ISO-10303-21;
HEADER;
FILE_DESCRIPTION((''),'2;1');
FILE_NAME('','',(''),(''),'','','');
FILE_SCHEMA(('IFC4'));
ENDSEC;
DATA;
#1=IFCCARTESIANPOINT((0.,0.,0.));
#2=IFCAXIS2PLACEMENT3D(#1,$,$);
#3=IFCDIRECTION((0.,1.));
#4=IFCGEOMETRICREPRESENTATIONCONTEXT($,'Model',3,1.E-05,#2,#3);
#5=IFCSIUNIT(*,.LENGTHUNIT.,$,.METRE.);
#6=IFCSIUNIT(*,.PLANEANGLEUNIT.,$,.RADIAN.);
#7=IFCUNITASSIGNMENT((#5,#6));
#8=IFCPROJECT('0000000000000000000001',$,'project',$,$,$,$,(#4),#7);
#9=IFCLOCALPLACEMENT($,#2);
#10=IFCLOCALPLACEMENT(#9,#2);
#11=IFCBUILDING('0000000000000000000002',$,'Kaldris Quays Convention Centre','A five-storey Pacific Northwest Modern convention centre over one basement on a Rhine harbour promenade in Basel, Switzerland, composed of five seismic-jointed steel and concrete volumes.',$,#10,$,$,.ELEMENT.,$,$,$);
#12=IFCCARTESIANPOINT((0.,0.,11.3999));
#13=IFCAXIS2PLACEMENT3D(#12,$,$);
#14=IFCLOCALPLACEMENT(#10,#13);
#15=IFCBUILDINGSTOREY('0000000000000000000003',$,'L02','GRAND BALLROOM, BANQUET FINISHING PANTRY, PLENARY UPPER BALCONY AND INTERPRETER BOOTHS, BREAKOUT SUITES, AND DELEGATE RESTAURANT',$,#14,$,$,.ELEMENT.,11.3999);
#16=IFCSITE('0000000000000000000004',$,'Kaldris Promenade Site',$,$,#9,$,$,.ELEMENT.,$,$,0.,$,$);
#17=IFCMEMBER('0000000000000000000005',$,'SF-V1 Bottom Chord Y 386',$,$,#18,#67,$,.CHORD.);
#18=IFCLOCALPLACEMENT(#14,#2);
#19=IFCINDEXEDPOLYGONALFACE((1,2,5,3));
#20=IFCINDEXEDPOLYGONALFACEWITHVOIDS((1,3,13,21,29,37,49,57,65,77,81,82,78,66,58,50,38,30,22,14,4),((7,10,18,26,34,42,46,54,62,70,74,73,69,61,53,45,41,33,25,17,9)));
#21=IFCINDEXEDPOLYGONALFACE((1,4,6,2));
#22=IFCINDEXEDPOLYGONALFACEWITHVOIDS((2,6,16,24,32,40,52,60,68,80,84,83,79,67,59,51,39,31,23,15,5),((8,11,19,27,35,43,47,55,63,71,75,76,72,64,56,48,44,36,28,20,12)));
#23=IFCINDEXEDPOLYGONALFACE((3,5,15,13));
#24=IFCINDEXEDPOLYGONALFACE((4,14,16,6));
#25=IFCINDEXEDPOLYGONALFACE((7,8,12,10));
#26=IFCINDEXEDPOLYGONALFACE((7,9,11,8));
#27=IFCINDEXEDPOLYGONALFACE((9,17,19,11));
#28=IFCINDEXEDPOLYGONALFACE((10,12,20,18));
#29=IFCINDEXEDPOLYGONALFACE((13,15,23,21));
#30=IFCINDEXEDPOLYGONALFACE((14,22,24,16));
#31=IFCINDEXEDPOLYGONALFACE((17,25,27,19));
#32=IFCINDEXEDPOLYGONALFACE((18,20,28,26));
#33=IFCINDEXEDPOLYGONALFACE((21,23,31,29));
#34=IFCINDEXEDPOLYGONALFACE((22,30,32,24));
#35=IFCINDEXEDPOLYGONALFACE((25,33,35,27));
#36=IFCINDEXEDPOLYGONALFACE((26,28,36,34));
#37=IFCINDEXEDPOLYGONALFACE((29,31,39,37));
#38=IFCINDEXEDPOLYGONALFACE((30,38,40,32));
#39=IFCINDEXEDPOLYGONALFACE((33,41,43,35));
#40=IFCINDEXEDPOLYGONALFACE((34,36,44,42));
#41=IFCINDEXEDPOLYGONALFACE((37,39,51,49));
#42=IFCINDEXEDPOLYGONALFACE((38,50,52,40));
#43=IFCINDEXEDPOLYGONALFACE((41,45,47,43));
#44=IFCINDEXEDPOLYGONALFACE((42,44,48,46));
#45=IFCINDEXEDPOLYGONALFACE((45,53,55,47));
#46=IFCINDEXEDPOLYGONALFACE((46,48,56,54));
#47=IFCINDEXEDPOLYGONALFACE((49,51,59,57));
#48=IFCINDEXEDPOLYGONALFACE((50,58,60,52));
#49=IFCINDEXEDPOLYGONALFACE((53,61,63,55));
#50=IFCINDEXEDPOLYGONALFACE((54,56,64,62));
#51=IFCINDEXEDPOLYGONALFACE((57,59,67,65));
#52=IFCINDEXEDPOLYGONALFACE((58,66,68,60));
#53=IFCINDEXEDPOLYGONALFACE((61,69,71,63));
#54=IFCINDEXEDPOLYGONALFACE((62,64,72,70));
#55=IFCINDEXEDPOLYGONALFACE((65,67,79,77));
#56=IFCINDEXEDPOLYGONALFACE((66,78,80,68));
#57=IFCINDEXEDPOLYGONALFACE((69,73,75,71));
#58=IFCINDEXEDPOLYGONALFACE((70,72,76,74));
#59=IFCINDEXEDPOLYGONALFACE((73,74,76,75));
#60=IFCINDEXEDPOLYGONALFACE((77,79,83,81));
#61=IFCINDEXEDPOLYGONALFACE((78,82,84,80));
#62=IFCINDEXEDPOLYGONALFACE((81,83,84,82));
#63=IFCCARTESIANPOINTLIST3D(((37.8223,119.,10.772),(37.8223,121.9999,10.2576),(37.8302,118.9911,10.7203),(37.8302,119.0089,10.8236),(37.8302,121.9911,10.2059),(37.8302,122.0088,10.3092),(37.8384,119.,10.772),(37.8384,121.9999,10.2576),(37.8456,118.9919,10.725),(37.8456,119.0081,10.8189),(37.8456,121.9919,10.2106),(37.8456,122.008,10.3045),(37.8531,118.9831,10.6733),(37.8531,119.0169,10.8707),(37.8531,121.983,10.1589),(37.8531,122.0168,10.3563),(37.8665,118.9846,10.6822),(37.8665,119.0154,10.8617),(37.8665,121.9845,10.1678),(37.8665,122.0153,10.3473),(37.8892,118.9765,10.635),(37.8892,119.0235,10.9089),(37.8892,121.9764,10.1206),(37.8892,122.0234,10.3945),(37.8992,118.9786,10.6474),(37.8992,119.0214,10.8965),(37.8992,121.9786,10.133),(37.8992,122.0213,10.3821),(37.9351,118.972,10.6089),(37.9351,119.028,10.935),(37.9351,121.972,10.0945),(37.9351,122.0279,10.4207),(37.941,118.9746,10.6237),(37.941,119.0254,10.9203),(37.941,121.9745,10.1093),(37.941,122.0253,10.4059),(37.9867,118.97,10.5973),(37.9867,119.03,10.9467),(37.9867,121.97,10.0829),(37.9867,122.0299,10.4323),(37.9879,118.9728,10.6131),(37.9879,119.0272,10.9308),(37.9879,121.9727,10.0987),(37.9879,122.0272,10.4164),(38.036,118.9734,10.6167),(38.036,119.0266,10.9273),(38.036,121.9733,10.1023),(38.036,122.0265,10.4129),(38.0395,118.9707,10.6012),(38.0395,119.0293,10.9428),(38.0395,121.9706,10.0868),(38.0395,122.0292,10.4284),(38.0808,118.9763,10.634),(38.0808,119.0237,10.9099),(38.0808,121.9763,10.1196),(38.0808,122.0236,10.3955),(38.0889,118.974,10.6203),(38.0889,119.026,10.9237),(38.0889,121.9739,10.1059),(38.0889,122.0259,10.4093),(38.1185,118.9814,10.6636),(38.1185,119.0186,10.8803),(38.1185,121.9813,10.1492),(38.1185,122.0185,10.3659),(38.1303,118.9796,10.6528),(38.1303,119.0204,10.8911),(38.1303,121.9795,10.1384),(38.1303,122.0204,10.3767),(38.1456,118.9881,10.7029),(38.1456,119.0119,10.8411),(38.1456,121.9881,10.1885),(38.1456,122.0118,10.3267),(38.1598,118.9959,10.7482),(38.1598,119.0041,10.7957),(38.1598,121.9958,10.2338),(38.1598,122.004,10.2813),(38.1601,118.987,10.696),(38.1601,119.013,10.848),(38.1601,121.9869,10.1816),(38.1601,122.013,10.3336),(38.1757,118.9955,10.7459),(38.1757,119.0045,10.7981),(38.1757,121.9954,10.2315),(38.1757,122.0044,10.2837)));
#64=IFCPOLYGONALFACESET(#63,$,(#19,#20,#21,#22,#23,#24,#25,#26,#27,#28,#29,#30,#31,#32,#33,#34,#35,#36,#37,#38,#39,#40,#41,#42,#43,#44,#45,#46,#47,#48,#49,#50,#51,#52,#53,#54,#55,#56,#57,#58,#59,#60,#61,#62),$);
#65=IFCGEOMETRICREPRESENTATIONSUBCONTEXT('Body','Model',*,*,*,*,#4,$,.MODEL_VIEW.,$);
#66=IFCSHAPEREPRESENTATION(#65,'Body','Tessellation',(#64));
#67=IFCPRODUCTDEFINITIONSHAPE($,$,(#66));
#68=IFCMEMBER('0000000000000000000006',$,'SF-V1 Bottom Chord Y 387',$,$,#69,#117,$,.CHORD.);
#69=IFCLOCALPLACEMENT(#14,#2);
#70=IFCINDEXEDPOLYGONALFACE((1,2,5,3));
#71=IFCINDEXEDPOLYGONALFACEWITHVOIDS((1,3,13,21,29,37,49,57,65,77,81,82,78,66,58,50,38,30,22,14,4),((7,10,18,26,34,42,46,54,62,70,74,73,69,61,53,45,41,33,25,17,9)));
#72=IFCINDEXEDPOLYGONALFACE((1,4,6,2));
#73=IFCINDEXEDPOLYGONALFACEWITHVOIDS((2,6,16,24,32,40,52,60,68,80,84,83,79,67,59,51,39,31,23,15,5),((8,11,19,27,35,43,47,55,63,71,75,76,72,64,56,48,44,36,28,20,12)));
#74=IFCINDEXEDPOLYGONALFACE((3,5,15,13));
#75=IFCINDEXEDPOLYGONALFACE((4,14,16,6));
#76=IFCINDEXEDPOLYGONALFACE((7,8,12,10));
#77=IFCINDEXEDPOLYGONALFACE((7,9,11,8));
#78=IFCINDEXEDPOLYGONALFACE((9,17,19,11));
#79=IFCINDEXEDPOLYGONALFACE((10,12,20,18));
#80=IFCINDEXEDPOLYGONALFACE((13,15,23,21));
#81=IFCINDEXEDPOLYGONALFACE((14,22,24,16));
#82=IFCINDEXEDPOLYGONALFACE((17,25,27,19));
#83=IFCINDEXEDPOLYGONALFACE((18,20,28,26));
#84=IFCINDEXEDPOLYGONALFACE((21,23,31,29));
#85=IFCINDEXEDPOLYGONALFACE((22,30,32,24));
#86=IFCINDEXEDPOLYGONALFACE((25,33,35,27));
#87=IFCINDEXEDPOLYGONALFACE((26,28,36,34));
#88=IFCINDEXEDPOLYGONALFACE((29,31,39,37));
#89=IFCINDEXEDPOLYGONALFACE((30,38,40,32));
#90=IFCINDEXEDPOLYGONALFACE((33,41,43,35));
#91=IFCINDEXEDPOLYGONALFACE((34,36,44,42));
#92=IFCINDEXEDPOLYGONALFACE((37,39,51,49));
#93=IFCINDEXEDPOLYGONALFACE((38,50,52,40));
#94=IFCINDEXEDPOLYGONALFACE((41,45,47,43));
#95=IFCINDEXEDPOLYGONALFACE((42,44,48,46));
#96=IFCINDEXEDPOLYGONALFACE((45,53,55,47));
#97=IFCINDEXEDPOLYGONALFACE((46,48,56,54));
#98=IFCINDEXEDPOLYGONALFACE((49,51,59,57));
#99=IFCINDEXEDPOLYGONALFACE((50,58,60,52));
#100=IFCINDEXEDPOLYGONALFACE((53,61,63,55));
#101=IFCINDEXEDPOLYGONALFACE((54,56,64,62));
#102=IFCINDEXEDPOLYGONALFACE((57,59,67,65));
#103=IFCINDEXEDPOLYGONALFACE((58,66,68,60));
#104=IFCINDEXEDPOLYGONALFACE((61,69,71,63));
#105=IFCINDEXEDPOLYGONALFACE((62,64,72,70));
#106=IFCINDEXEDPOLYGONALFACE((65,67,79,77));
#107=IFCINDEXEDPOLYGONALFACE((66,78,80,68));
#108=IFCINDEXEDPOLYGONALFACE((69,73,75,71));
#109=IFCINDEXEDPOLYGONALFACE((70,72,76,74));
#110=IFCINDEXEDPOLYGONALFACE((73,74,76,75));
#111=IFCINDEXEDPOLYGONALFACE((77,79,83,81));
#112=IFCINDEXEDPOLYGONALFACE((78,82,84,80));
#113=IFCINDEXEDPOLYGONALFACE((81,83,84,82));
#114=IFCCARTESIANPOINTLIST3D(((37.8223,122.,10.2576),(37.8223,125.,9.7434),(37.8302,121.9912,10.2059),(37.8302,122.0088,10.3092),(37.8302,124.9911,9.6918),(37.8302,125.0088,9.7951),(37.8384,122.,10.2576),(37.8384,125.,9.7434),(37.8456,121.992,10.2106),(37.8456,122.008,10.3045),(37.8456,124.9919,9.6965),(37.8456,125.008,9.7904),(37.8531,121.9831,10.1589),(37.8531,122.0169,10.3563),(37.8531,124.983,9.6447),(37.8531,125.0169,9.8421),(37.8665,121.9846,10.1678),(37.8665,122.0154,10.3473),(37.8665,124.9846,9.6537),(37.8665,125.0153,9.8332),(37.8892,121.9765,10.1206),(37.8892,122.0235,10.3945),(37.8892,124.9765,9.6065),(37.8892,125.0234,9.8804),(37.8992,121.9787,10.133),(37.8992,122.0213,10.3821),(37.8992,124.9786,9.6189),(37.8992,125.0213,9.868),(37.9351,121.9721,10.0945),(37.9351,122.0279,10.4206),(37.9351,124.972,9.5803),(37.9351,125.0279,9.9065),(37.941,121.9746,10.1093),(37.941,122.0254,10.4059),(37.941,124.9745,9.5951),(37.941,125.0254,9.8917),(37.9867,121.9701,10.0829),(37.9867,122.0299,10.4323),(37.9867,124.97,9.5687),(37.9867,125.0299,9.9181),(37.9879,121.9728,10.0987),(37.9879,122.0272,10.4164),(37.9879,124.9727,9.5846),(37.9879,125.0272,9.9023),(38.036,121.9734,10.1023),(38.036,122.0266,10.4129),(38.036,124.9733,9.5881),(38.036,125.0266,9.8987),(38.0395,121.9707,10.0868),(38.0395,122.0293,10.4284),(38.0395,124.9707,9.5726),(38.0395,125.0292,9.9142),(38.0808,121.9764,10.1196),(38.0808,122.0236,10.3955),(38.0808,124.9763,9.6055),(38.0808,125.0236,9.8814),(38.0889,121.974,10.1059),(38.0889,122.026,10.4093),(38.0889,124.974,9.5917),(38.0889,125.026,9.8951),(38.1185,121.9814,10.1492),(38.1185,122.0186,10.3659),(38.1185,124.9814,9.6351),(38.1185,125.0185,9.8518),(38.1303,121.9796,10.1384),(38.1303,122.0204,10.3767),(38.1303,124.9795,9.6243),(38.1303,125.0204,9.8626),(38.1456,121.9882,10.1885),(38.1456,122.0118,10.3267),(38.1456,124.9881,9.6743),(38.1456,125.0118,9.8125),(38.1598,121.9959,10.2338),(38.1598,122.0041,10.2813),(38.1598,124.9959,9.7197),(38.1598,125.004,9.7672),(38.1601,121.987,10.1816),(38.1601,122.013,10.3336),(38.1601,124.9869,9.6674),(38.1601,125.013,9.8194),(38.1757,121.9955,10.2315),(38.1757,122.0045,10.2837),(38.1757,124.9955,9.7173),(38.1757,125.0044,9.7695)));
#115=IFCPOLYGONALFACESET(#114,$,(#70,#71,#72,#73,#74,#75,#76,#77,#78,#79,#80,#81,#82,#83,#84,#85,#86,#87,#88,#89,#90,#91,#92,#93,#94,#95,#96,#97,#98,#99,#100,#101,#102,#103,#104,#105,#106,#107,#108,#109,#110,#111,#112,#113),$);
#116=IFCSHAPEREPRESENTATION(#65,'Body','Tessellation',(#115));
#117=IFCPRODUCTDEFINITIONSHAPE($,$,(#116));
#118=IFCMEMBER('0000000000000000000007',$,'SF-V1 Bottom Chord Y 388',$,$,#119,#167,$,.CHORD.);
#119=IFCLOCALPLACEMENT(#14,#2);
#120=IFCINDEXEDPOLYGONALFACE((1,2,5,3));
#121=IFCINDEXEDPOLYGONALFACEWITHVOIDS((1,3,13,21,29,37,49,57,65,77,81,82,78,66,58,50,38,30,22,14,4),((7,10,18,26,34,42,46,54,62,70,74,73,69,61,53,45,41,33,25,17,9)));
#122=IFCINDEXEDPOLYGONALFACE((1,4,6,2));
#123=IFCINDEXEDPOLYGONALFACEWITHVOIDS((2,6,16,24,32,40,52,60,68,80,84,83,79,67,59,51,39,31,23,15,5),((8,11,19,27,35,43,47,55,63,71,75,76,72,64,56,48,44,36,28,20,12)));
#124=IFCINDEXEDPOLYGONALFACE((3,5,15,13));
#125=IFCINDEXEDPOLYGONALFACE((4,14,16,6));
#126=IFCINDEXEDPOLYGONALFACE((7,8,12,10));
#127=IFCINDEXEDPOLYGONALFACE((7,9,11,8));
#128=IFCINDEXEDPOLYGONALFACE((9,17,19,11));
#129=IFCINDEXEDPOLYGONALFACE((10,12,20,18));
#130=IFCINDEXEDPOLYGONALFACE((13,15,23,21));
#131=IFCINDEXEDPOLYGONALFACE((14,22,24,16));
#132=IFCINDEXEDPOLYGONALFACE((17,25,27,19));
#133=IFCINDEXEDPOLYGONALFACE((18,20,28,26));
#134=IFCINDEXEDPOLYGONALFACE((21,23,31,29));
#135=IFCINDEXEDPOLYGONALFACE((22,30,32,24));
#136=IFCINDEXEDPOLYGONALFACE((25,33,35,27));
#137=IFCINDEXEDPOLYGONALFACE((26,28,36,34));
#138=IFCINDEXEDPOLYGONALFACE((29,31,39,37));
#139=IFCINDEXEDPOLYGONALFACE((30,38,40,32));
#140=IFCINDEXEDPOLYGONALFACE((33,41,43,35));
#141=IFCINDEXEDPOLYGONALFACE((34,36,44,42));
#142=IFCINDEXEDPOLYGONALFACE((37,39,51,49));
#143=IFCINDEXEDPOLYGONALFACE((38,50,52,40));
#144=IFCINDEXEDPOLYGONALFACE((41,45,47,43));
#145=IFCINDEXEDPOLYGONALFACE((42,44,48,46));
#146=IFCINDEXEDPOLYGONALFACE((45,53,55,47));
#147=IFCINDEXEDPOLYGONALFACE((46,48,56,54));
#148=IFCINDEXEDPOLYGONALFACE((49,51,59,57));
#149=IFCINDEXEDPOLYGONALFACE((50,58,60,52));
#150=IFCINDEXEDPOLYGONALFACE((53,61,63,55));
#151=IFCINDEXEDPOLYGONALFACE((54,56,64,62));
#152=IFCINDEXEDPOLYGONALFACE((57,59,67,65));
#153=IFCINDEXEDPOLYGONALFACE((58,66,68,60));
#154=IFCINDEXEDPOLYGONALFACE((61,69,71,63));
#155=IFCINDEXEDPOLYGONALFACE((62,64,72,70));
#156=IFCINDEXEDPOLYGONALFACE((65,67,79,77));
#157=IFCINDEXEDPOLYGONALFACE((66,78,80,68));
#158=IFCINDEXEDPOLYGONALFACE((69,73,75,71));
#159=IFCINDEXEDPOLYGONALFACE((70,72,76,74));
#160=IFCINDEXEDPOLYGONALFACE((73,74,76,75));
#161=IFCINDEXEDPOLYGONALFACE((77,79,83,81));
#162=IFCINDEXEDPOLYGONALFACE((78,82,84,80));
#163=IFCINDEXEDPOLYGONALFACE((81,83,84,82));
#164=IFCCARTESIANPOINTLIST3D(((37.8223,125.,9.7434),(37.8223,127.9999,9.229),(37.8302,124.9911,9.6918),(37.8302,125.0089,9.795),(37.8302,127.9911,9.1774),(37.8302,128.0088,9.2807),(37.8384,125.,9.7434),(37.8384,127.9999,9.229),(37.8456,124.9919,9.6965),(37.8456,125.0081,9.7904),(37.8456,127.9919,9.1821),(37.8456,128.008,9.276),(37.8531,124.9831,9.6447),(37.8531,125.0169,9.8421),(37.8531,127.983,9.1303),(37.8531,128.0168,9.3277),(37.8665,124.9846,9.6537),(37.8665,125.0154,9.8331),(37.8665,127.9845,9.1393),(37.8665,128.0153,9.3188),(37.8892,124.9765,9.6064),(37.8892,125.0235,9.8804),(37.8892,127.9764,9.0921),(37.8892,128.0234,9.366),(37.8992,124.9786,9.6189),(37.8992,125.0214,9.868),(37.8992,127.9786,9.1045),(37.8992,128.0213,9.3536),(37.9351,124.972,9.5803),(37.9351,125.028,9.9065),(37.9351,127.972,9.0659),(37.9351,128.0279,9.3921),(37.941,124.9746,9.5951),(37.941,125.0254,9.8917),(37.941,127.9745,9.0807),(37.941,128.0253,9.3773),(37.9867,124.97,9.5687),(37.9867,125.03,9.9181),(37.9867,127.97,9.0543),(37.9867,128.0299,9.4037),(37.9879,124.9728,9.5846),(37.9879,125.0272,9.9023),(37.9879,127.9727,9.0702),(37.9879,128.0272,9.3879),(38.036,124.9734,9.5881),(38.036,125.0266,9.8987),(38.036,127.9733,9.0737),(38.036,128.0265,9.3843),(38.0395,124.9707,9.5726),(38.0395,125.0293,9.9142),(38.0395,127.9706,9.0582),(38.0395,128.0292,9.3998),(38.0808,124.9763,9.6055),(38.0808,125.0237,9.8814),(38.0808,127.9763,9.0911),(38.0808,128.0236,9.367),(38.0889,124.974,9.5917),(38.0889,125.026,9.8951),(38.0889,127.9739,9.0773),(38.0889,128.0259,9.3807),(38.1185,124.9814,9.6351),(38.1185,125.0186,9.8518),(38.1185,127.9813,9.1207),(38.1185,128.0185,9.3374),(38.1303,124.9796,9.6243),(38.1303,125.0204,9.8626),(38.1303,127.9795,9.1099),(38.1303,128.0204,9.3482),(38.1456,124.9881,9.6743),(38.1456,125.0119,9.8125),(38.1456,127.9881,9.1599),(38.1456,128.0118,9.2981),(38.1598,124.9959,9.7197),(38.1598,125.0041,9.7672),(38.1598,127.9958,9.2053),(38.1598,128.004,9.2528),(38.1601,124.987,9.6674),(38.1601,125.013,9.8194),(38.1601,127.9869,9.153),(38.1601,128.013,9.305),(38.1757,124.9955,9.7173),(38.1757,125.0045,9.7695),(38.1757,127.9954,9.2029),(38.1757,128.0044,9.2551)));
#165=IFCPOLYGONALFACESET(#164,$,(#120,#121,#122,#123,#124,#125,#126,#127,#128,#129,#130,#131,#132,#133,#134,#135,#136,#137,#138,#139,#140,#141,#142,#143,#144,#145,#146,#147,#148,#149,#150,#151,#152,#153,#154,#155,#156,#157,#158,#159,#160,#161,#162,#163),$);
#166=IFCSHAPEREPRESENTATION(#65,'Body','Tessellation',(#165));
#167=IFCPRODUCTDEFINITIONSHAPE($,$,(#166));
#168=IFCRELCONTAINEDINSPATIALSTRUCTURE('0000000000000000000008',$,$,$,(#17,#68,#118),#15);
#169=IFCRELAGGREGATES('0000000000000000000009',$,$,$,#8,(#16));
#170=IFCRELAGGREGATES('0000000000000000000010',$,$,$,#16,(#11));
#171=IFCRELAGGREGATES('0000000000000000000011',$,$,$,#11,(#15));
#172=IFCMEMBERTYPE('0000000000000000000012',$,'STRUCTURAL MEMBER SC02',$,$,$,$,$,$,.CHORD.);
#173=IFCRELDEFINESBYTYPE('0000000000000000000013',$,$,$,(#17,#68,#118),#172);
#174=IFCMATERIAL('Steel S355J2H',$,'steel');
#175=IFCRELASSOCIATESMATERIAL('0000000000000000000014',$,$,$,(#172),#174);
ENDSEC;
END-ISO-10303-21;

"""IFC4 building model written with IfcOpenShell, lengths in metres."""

from ifc_helpers import new_model, si_unit, direction, frame, origin, origin_2d, place, context, subcontext, project, spatial, hollow_circle, extrude, material, material_profile, profile_set, type_object, element, save


model = new_model("IFC4")

# Units and contexts
model_context = context("Model", 3, precision=1e-05, world=origin(), true_north=direction((0.0, 1.0)))
body_context = subcontext(model_context, "Body", "Model", "MODEL_VIEW")
ifc_project = project(units=[si_unit("LENGTHUNIT", "METRE"), si_unit("PLANEANGLEUNIT", "RADIAN")], contexts=[model_context])

# Site, building, storey
site_placement = place(None, origin())
site = spatial("IfcSite", under=ifc_project, at=site_placement, Name="Kaldris Promenade Site", CompositionType="ELEMENT", RefElevation=0.0)
building_placement = place(site_placement, origin())
building = spatial("IfcBuilding", under=site, at=building_placement, Name="Kaldris Quays Convention Centre", Description="A five-storey Pacific Northwest Modern convention centre over one basement on a Rhine harbour promenade in Basel, Switzerland, composed of five seismic-jointed steel and concrete volumes.", CompositionType="ELEMENT")
storey_placement = place(building_placement, frame((0.0, 0.0, 11.3999)))
storey = spatial("IfcBuildingStorey", under=building, at=storey_placement, Name="L02", Description="GRAND BALLROOM, BANQUET FINISHING PANTRY, PLENARY UPPER BALCONY AND INTERPRETER BOOTHS, BREAKOUT SUITES, AND DELEGATE RESTAURANT", CompositionType="ELEMENT", Elevation=11.3999)

# Members
ifc_material = material(Name="Steel S355J2H", Category="steel")
ifc_material_profile_1 = material_profile(ifc_material, hollow_circle(Radius=0.1777, WallThickness=0.0161, at=origin_2d()), Name="CHS 355.6x16")
ifc_profile_set_1 = profile_set([ifc_material_profile_1], Name="Steel S355J2H")
member_type_1 = type_object("IfcMemberType", Name="STRUCTURAL MEMBER SC02", PredefinedType="CHORD", material=ifc_profile_set_1)
for number, where, z_axis, x_axis, name in (
    (1, (38.0, 119.0, 10.772), (0.0, 0.985616, -0.169002), (-1.0, 0.0, 0.0), "SF-V1 Bottom Chord Y 386"),
    (2, (38.0, 122.0, 10.2576), (0.0, 0.985629, -0.168924), (-1.0, 0.0, 0.0), "SF-V1 Bottom Chord Y 387"),
    (3, (38.0, 125.0, 9.7434), (0.0, 0.985616, -0.169002), (-1.0, 0.0, 0.0), "SF-V1 Bottom Chord Y 388"),
):
    element("IfcMember", number, at=place(storey_placement, frame(where, z_axis=z_axis, x_axis=x_axis)), inside=storey, type_object=member_type_1, Name=name, PredefinedType="CHORD", context=body_context, shape_type="SweptSolid", body=[
        extrude(hollow_circle(Radius=0.1777, WallThickness=0.0161, at=origin_2d()), origin(), (0.0, 0.0, 1.0), 3.0437),
    ])

save(model, "model.ifc")
